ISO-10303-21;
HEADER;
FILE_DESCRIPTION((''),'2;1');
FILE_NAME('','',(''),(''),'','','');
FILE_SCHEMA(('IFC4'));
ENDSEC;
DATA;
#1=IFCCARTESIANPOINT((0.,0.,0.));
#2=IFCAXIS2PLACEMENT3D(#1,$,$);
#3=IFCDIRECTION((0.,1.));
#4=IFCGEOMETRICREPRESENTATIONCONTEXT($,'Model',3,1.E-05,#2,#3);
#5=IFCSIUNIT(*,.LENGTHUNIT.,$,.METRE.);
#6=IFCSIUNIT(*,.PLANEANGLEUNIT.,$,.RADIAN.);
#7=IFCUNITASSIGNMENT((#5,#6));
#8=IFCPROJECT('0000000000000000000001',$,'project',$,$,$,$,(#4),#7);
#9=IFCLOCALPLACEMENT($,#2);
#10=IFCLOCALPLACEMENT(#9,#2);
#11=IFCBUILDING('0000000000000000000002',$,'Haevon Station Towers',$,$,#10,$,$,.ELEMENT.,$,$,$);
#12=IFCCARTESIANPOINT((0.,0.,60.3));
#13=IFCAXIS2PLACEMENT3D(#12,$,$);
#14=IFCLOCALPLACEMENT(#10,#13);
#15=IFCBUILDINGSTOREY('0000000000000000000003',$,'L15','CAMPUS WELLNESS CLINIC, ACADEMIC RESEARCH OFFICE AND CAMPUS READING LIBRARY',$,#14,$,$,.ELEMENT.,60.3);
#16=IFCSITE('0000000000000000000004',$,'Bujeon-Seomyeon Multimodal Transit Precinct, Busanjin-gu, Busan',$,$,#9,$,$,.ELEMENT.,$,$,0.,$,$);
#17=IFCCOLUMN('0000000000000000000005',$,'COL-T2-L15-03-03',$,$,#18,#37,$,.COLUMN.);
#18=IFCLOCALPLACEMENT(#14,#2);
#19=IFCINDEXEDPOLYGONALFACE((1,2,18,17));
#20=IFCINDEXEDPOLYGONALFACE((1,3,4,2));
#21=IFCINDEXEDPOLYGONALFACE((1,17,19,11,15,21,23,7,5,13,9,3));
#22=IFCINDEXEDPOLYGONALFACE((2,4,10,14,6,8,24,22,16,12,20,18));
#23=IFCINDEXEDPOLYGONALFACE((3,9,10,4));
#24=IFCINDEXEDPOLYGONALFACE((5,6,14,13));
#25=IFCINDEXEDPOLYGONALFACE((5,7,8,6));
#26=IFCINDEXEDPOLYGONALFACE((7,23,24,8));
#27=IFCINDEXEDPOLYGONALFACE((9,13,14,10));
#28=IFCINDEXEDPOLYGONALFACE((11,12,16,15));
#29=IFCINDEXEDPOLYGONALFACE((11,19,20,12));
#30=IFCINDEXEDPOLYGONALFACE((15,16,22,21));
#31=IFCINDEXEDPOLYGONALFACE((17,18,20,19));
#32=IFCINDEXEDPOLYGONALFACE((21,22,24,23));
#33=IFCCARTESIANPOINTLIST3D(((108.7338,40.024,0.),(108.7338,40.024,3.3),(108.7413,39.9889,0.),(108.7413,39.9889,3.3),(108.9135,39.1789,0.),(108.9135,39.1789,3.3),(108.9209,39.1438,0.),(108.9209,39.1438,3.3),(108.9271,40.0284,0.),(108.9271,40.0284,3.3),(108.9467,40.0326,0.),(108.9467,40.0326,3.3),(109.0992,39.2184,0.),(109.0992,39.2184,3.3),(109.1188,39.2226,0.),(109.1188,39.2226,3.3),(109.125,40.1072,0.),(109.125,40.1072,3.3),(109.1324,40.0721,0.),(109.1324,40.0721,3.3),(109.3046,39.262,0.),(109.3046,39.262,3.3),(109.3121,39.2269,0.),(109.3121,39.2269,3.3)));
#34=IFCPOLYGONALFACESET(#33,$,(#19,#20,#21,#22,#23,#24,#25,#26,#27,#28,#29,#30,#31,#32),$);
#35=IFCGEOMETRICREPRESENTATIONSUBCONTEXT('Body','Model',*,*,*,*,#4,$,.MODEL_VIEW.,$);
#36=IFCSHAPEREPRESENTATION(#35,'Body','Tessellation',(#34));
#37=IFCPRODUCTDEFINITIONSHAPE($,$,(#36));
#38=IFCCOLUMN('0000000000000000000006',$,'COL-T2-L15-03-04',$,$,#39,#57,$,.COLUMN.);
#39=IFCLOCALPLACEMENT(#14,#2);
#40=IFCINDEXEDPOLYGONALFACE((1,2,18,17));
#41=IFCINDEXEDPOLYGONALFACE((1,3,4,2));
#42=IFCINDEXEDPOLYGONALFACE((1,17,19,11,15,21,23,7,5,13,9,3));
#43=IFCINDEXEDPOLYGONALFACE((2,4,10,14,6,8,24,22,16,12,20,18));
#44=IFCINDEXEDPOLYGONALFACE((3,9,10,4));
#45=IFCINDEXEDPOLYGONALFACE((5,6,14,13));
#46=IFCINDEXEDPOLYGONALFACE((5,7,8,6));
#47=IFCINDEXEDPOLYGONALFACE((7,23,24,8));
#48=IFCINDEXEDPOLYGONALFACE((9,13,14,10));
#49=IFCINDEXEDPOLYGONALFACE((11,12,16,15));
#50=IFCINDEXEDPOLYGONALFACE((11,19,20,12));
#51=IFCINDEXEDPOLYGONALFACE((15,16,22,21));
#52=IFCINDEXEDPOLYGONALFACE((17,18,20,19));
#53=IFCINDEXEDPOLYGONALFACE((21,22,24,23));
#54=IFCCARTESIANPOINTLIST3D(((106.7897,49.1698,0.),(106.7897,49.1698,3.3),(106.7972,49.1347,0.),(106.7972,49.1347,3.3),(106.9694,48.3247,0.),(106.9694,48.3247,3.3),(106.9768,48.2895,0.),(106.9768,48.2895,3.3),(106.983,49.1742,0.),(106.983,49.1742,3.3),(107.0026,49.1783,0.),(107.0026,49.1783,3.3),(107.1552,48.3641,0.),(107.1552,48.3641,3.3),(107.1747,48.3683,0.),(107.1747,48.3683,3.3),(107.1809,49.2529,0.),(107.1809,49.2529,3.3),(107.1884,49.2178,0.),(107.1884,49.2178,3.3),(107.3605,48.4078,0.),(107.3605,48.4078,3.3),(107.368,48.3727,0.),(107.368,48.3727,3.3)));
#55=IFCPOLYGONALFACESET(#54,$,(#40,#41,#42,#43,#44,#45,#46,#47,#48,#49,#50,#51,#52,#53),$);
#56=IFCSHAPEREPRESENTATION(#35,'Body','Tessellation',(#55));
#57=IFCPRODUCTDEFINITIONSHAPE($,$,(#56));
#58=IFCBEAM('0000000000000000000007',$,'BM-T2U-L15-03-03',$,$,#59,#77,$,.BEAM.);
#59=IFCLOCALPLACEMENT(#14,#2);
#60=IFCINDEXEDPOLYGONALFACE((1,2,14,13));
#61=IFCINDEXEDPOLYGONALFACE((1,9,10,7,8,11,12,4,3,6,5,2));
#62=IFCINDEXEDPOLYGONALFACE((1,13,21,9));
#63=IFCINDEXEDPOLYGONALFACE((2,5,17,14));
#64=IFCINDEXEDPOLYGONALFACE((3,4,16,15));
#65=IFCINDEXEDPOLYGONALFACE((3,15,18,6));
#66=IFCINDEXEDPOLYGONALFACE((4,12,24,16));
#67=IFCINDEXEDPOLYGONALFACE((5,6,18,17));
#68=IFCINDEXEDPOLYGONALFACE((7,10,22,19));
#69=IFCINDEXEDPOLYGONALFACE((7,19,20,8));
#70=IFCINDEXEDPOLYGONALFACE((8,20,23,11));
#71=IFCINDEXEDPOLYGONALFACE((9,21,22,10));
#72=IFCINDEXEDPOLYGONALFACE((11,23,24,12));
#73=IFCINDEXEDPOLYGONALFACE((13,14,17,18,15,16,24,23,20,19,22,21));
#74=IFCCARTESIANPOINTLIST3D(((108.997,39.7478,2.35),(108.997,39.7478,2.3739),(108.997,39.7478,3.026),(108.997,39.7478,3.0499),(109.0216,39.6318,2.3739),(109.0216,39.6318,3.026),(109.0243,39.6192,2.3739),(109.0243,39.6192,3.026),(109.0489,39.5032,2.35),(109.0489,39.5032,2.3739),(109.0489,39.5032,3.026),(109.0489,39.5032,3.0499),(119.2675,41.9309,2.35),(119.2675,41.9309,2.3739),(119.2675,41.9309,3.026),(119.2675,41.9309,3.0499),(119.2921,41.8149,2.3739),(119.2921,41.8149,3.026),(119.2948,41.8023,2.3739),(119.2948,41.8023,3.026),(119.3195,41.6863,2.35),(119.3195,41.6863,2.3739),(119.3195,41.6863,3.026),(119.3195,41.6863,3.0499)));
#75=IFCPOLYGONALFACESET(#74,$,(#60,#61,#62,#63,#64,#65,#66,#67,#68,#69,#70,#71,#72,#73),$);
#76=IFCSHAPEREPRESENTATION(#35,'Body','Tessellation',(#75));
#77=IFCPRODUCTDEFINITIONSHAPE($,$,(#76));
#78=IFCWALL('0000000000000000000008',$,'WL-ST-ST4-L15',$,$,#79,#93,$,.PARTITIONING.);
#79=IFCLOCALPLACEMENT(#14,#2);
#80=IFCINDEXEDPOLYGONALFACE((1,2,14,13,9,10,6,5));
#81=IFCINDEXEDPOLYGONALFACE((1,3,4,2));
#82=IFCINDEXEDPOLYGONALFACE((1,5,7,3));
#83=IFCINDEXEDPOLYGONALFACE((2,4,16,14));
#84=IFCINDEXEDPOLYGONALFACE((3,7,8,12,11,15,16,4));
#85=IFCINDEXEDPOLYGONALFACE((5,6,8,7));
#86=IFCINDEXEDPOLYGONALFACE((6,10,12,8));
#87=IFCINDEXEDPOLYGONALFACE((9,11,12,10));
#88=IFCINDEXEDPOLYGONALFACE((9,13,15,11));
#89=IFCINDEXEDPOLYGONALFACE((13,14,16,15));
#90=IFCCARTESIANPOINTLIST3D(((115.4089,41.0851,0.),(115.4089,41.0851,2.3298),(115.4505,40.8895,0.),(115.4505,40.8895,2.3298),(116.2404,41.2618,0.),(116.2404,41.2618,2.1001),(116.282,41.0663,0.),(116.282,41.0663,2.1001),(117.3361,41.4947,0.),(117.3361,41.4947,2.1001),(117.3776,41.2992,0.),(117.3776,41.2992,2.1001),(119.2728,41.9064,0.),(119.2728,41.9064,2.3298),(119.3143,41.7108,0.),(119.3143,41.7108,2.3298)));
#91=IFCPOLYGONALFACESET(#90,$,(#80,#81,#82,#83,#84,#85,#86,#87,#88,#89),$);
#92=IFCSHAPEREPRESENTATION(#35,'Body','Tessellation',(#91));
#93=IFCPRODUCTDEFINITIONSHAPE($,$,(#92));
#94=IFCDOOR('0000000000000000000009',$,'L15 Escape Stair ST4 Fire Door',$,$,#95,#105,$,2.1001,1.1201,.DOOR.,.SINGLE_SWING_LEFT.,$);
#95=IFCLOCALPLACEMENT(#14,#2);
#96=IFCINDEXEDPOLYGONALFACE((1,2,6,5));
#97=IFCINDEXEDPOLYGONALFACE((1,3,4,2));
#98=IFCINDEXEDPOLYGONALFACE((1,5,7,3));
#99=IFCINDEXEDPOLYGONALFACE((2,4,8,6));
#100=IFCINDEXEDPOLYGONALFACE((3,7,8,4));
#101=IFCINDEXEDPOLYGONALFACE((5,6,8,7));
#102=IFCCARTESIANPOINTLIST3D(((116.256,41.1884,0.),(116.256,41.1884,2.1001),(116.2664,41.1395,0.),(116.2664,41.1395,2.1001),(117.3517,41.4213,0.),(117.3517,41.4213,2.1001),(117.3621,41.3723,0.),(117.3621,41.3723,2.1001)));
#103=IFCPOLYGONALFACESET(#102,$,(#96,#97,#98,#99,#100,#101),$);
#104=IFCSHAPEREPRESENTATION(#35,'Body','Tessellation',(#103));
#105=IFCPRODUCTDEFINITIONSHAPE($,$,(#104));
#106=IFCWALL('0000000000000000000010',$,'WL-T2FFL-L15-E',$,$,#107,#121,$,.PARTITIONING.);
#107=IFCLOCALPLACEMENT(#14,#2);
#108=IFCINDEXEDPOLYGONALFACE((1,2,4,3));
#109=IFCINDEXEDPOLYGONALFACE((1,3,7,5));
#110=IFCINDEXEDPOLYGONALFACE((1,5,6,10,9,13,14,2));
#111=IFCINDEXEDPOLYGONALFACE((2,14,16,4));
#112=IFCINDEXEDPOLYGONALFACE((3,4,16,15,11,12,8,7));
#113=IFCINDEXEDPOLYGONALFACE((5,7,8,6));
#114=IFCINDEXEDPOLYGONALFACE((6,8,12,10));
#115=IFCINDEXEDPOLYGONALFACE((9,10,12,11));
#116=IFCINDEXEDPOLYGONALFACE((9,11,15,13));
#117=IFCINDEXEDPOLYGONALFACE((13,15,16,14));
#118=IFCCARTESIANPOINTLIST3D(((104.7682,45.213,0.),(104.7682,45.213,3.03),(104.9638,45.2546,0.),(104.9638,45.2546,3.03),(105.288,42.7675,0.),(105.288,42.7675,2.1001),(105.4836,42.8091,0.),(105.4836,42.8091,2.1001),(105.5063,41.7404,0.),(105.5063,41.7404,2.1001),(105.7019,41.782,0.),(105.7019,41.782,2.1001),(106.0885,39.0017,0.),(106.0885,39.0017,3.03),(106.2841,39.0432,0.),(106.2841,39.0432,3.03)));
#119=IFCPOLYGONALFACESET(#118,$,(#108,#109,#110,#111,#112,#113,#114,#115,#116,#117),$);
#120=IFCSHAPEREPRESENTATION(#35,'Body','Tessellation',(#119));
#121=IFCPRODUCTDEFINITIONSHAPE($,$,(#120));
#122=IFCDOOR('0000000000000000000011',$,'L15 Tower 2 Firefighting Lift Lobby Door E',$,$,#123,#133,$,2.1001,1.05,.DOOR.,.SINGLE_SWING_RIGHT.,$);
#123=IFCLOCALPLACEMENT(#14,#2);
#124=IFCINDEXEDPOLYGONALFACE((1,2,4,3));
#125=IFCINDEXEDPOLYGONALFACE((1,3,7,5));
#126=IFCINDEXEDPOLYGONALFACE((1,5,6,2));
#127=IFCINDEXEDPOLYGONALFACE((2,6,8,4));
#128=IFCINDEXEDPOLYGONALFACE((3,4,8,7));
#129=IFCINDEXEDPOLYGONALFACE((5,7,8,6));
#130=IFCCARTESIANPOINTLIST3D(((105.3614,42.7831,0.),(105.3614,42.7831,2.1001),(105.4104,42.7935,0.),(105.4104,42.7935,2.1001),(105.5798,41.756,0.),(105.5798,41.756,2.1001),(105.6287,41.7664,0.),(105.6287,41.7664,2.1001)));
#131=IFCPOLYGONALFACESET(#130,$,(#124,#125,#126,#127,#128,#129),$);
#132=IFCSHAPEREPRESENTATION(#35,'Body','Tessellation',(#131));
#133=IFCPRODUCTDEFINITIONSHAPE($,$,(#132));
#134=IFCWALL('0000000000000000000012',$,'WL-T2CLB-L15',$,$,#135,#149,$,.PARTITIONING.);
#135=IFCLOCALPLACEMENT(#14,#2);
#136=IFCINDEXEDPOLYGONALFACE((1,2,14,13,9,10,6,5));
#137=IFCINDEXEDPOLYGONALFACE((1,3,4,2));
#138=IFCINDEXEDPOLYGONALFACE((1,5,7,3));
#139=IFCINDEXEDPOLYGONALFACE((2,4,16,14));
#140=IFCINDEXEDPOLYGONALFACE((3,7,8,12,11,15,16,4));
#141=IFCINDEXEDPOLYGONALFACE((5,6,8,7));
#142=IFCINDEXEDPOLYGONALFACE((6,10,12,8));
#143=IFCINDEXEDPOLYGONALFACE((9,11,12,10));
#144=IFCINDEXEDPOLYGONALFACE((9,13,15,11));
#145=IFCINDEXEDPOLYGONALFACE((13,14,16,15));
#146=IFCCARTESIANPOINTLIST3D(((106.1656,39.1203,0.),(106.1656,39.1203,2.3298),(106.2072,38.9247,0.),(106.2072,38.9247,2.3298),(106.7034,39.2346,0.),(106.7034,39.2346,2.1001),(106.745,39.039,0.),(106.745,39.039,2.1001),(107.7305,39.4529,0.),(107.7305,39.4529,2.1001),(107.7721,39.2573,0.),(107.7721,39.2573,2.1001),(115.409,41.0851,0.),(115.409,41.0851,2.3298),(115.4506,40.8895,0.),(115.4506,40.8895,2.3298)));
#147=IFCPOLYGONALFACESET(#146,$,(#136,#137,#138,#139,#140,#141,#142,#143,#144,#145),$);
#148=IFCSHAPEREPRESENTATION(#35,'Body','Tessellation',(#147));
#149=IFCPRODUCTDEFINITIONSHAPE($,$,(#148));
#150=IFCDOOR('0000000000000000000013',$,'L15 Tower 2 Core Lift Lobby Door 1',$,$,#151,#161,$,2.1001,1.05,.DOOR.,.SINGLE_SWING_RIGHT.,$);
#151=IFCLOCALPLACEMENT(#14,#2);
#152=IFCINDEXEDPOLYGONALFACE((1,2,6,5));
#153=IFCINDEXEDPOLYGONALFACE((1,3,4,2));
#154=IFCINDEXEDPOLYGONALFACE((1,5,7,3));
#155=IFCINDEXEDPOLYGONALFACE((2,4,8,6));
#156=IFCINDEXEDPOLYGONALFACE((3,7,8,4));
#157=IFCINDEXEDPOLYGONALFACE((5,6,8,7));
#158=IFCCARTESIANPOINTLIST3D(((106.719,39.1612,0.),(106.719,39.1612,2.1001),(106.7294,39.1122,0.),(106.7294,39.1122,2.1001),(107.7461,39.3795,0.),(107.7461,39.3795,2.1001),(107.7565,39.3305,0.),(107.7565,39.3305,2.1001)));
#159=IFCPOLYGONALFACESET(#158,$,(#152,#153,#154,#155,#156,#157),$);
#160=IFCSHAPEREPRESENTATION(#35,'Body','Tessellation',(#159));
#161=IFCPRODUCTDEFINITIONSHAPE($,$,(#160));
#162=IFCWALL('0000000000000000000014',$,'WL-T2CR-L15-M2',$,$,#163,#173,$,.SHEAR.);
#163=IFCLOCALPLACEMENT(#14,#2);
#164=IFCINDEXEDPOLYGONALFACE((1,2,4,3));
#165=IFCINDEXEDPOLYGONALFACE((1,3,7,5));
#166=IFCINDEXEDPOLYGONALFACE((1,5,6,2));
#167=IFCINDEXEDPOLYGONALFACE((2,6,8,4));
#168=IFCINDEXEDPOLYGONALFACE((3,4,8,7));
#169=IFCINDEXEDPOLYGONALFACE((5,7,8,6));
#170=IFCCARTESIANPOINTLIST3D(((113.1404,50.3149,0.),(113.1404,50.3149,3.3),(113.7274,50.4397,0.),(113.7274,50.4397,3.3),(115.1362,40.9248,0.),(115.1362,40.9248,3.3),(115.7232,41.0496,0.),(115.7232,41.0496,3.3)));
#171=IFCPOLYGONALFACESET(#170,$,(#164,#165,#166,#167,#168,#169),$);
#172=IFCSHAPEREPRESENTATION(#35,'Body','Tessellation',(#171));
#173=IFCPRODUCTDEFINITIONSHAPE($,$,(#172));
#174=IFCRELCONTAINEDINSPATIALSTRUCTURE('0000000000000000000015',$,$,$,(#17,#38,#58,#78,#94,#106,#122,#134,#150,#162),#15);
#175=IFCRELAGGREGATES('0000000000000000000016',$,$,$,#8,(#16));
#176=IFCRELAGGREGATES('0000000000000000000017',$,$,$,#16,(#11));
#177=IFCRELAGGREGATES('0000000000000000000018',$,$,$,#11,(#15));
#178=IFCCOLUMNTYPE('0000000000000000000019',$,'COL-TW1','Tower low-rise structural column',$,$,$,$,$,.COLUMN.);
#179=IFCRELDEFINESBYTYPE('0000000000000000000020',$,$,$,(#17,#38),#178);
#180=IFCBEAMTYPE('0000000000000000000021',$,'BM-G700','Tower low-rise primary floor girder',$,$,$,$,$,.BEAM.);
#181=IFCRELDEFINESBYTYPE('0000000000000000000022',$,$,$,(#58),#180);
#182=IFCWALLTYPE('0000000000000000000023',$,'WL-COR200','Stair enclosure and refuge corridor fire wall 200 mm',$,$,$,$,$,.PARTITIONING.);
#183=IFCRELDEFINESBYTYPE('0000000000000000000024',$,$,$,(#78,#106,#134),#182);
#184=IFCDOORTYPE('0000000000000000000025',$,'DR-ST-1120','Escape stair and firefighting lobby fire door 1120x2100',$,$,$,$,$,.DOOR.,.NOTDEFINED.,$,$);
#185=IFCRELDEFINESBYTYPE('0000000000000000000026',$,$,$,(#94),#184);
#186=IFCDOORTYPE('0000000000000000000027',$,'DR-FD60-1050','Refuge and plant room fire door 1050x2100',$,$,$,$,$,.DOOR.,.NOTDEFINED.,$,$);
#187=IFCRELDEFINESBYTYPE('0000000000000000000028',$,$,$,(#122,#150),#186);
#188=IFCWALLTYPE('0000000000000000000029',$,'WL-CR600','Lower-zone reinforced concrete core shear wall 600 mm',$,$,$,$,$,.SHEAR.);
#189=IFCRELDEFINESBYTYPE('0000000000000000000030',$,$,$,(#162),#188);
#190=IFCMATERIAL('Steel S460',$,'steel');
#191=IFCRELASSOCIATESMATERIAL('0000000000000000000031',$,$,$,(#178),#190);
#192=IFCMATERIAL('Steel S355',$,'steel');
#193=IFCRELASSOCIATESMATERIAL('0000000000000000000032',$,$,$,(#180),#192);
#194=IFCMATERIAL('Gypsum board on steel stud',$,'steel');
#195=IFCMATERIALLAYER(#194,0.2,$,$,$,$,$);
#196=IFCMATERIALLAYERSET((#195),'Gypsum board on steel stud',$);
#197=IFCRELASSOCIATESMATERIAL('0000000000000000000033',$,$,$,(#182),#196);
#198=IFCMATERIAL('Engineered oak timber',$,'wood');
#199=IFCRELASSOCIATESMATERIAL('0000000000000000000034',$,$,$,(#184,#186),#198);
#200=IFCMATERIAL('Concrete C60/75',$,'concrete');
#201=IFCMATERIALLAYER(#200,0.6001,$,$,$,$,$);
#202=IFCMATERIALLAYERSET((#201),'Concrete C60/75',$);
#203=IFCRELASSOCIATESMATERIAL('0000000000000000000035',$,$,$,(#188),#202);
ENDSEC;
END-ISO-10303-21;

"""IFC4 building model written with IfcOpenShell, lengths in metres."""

from ifc_helpers import new_model, si_unit, direction, frame, frame_2d, origin, origin_2d, place, context, subcontext, project, spatial, rectangle, i_section, extrude, material, layer, layer_set, material_profile, profile_set, type_object, element, fill, save


model = new_model("IFC4")

# Units and contexts
model_context = context("Model", 3, precision=1e-05, world=origin(), true_north=direction((0.0, 1.0)))
body_context = subcontext(model_context, "Body", "Model", "MODEL_VIEW")
ifc_project = project(units=[si_unit("LENGTHUNIT", "METRE"), si_unit("PLANEANGLEUNIT", "RADIAN")], contexts=[model_context])

# Site, building, storey
site_placement = place(None, origin())
site = spatial("IfcSite", under=ifc_project, at=site_placement, Name="Bujeon-Seomyeon Multimodal Transit Precinct, Busanjin-gu, Busan", CompositionType="ELEMENT", RefElevation=0.0)
building_placement = place(site_placement, origin())
building = spatial("IfcBuilding", under=site, at=building_placement, Name="Haevon Station Towers", CompositionType="ELEMENT")
storey_placement = place(building_placement, frame((0.0, 0.0, 60.3)))
storey = spatial("IfcBuildingStorey", under=building, at=storey_placement, Name="L15", Description="CAMPUS WELLNESS CLINIC, ACADEMIC RESEARCH OFFICE AND CAMPUS READING LIBRARY", CompositionType="ELEMENT", Elevation=60.3)

# Columns
ifc_material_1 = material(Name="Steel S460", Category="steel")
ifc_material_profile_1 = material_profile(ifc_material_1, i_section(OverallWidth=0.3999, OverallDepth=0.8999, WebThickness=0.02, FlangeThickness=0.0359, at=origin_2d()), Name="H-900x400x20x36")
ifc_profile_set_1 = profile_set([ifc_material_profile_1], Name="Steel S460")
column_type = type_object("IfcColumnType", Name="COL-TW1", Description="Tower low-rise structural column", PredefinedType="COLUMN", material=ifc_profile_set_1)
for number, where, z_axis, x_axis, name in (
    (1, (109.0229, 39.6255, 0.0), (0.0, 0.0, 1.0), (0.978148, 0.207912, 0.0), "COL-T2-L15-03-03"),
    (2, (107.0789, 48.7712, 0.0), (0.0, 0.0, 1.0), (0.978148, 0.207912, 0.0), "COL-T2-L15-03-04"),
):
    element("IfcColumn", number, at=place(storey_placement, frame(where, z_axis=z_axis, x_axis=x_axis)), inside=storey, type_object=column_type, Name=name, PredefinedType="COLUMN", context=body_context, shape_type="SweptSolid", body=[
        extrude(i_section(OverallWidth=0.3999, OverallDepth=0.8999, WebThickness=0.02, FlangeThickness=0.0359, at=origin_2d()), origin(), (0.0, 0.0, 1.0), 3.3),
    ])

# Beam
ifc_material_2 = material(Name="Steel S355", Category="steel")
ifc_material_profile_2 = material_profile(ifc_material_2, i_section(OverallWidth=0.25, OverallDepth=0.7, WebThickness=0.0129, FlangeThickness=0.0239, at=origin_2d()), Name="H-700x250x13x24")
ifc_profile_set_2 = profile_set([ifc_material_profile_2], Name="Steel S355")
beam_type = type_object("IfcBeamType", Name="BM-G700", Description="Tower low-rise primary floor girder", PredefinedType="BEAM", material=ifc_profile_set_2)
beam_placement = place(storey_placement, frame((109.0229, 39.6255, 2.7), z_axis=(0.978147, 0.207915, 0.0), x_axis=(-0.207915, 0.978147, 0.0)))
element("IfcBeam", 3, at=beam_placement, inside=storey, type_object=beam_type, Name="BM-T2U-L15-03-03", PredefinedType="BEAM", context=body_context, shape_type="SweptSolid", body=[
    extrude(i_section(OverallWidth=0.25, OverallDepth=0.7, WebThickness=0.0129, FlangeThickness=0.0239, at=origin_2d()), origin(), (0.0, 0.0, 1.0), 10.5),
])

# Walls, openings, doors
ifc_material_3 = material(Name="Gypsum board on steel stud", Category="steel")
ifc_layer_1 = layer(ifc_material_3, 0.2)
ifc_layer_set_1 = layer_set([ifc_layer_1], Name="Gypsum board on steel stud")
wall_type_1 = type_object("IfcWallType", Name="WL-COR200", Description="Stair enclosure and refuge corridor fire wall 200 mm", PredefinedType="PARTITIONING", material=ifc_layer_set_1)
wall_1_placement = place(storey_placement, frame((115.4297, 40.9873, 0.0), z_axis=(0.0, 0.0, 1.0), x_axis=(0.978147, 0.207916, 0.0)))
wall_1 = element("IfcWall", 4, at=wall_1_placement, inside=storey, type_object=wall_type_1, Name="WL-ST-ST4-L15", PredefinedType="PARTITIONING", context=body_context, shape_type="SweptSolid", body=[
    extrude(rectangle(XDim=3.9502, YDim=0.2, at=frame_2d((1.9751, 0.0))), origin(), (0.0, 0.0, 1.0), 2.3298),
])
opening_1_placement = place(wall_1_placement, frame((0.8501, 0.0, 0.0)))
opening_1 = element("IfcOpeningElement", 5, at=opening_1_placement, cuts=wall_1, PredefinedType="OPENING", context=body_context, shape_type="SweptSolid", body=[
    extrude(rectangle(XDim=1.1201, YDim=2.1001, at=frame_2d((0.5601, 1.05))), frame((0.0, 0.1099, 0.0), z_axis=(0.0, -1.0, 0.0), x_axis=(1.0, 0.0, 0.0)), (0.0, 0.0, 1.0), 0.22),
])
ifc_material_4 = material(Name="Engineered oak timber", Category="wood")
door_type_1 = type_object("IfcDoorType", Name="DR-ST-1120", Description="Escape stair and firefighting lobby fire door 1120x2100", OperationType="NOTDEFINED", PredefinedType="DOOR", material=ifc_material_4)
door_1_placement = place(opening_1_placement, origin())
door_1 = element("IfcDoor", 6, at=door_1_placement, inside=storey, type_object=door_type_1, Name="L15 Escape Stair ST4 Fire Door", OperationType="SINGLE_SWING_LEFT", OverallHeight=2.1001, OverallWidth=1.1201, PredefinedType="DOOR", context=body_context, shape_type="SweptSolid", body=[
    extrude(rectangle(XDim=1.1201, YDim=2.1001, at=frame_2d((0.5601, 1.05))), frame((0.0, 0.0249, 0.0), z_axis=(0.0, -1.0, 0.0), x_axis=(1.0, 0.0, 0.0)), (0.0, 0.0, 1.0), 0.05),
])
fill(opening_1, door_1)
wall_2_placement = place(storey_placement, frame((106.1863, 39.0225, 0.0), z_axis=(0.0, 0.0, 1.0), x_axis=(-0.207917, 0.978147, 0.0)))
wall_2 = element("IfcWall", 7, at=wall_2_placement, inside=storey, type_object=wall_type_1, Name="WL-T2FFL-L15-E", PredefinedType="PARTITIONING", context=body_context, shape_type="SweptSolid", body=[
    extrude(rectangle(XDim=6.3501, YDim=0.2, at=frame_2d((3.175, 0.0))), origin(), (0.0, 0.0, 1.0), 3.03),
])
opening_2_placement = place(wall_2_placement, frame((2.8, 0.0, 0.0)))
opening_2 = element("IfcOpeningElement", 8, at=opening_2_placement, cuts=wall_2, PredefinedType="OPENING", context=body_context, shape_type="SweptSolid", body=[
    extrude(rectangle(XDim=1.05, YDim=2.1001, at=frame_2d((0.5249, 1.05))), frame((0.0, 0.1099, 0.0), z_axis=(0.0, -1.0, 0.0), x_axis=(1.0, 0.0, 0.0)), (0.0, 0.0, 1.0), 0.22),
])
door_type_2 = type_object("IfcDoorType", Name="DR-FD60-1050", Description="Refuge and plant room fire door 1050x2100", OperationType="NOTDEFINED", PredefinedType="DOOR", material=ifc_material_4)
door_2_placement = place(opening_2_placement, origin())
door_2 = element("IfcDoor", 9, at=door_2_placement, inside=storey, type_object=door_type_2, Name="L15 Tower 2 Firefighting Lift Lobby Door E", OperationType="SINGLE_SWING_RIGHT", OverallHeight=2.1001, OverallWidth=1.05, PredefinedType="DOOR", context=body_context, shape_type="SweptSolid", body=[
    extrude(rectangle(XDim=1.05, YDim=2.1001, at=frame_2d((0.5249, 1.05))), frame((0.0, 0.0249, 0.0), z_axis=(0.0, -1.0, 0.0), x_axis=(1.0, 0.0, 0.0)), (0.0, 0.0, 1.0), 0.05),
])
fill(opening_2, door_2)
wall_3_placement = place(storey_placement, frame((106.1863, 39.0225, 0.0), z_axis=(0.0, 0.0, 1.0), x_axis=(0.978146, 0.207921, 0.0)))
wall_3 = element("IfcWall", 10, at=wall_3_placement, inside=storey, type_object=wall_type_1, Name="WL-T2CLB-L15", PredefinedType="PARTITIONING", context=body_context, shape_type="SweptSolid", body=[
    extrude(rectangle(XDim=9.45, YDim=0.2, at=frame_2d((4.7251, 0.0))), origin(), (0.0, 0.0, 1.0), 2.3298),
])
opening_3_placement = place(wall_3_placement, frame((0.55, 0.0, 0.0)))
opening_3 = element("IfcOpeningElement", 11, at=opening_3_placement, cuts=wall_3, PredefinedType="OPENING", context=body_context, shape_type="SweptSolid", body=[
    extrude(rectangle(XDim=1.05, YDim=2.1001, at=frame_2d((0.5249, 1.05))), frame((0.0, 0.1099, 0.0), z_axis=(0.0, -1.0, 0.0), x_axis=(1.0, 0.0, 0.0)), (0.0, 0.0, 1.0), 0.22),
])
door_3_placement = place(opening_3_placement, origin())
door_3 = element("IfcDoor", 12, at=door_3_placement, inside=storey, type_object=door_type_2, Name="L15 Tower 2 Core Lift Lobby Door 1", OperationType="SINGLE_SWING_RIGHT", OverallHeight=2.1001, OverallWidth=1.05, PredefinedType="DOOR", context=body_context, shape_type="SweptSolid", body=[
    extrude(rectangle(XDim=1.05, YDim=2.1001, at=frame_2d((0.5249, 1.05))), frame((0.0, 0.0249, 0.0), z_axis=(0.0, -1.0, 0.0), x_axis=(1.0, 0.0, 0.0)), (0.0, 0.0, 1.0), 0.05),
])
fill(opening_3, door_3)

# Wall
ifc_material_5 = material(Name="Concrete C60/75", Category="concrete")
ifc_layer_2 = layer(ifc_material_5, 0.6001)
ifc_layer_set_2 = layer_set([ifc_layer_2], Name="Concrete C60/75")
wall_type_2 = type_object("IfcWallType", Name="WL-CR600", Description="Lower-zone reinforced concrete core shear wall 600 mm", PredefinedType="SHEAR", material=ifc_layer_set_2)
wall_4_placement = place(storey_placement, frame((115.4297, 40.9873, 0.0), z_axis=(0.0, 0.0, 1.0), x_axis=(-0.207903, 0.978149, 0.0)))
element("IfcWall", 13, at=wall_4_placement, inside=storey, type_object=wall_type_2, Name="WL-T2CR-L15-M2", PredefinedType="SHEAR", context=body_context, shape_type="SweptSolid", body=[
    extrude(rectangle(XDim=9.5999, YDim=0.6001, at=frame_2d((4.7998, 0.0))), origin(), (0.0, 0.0, 1.0), 3.3),
])

save(model, "model.ifc")
